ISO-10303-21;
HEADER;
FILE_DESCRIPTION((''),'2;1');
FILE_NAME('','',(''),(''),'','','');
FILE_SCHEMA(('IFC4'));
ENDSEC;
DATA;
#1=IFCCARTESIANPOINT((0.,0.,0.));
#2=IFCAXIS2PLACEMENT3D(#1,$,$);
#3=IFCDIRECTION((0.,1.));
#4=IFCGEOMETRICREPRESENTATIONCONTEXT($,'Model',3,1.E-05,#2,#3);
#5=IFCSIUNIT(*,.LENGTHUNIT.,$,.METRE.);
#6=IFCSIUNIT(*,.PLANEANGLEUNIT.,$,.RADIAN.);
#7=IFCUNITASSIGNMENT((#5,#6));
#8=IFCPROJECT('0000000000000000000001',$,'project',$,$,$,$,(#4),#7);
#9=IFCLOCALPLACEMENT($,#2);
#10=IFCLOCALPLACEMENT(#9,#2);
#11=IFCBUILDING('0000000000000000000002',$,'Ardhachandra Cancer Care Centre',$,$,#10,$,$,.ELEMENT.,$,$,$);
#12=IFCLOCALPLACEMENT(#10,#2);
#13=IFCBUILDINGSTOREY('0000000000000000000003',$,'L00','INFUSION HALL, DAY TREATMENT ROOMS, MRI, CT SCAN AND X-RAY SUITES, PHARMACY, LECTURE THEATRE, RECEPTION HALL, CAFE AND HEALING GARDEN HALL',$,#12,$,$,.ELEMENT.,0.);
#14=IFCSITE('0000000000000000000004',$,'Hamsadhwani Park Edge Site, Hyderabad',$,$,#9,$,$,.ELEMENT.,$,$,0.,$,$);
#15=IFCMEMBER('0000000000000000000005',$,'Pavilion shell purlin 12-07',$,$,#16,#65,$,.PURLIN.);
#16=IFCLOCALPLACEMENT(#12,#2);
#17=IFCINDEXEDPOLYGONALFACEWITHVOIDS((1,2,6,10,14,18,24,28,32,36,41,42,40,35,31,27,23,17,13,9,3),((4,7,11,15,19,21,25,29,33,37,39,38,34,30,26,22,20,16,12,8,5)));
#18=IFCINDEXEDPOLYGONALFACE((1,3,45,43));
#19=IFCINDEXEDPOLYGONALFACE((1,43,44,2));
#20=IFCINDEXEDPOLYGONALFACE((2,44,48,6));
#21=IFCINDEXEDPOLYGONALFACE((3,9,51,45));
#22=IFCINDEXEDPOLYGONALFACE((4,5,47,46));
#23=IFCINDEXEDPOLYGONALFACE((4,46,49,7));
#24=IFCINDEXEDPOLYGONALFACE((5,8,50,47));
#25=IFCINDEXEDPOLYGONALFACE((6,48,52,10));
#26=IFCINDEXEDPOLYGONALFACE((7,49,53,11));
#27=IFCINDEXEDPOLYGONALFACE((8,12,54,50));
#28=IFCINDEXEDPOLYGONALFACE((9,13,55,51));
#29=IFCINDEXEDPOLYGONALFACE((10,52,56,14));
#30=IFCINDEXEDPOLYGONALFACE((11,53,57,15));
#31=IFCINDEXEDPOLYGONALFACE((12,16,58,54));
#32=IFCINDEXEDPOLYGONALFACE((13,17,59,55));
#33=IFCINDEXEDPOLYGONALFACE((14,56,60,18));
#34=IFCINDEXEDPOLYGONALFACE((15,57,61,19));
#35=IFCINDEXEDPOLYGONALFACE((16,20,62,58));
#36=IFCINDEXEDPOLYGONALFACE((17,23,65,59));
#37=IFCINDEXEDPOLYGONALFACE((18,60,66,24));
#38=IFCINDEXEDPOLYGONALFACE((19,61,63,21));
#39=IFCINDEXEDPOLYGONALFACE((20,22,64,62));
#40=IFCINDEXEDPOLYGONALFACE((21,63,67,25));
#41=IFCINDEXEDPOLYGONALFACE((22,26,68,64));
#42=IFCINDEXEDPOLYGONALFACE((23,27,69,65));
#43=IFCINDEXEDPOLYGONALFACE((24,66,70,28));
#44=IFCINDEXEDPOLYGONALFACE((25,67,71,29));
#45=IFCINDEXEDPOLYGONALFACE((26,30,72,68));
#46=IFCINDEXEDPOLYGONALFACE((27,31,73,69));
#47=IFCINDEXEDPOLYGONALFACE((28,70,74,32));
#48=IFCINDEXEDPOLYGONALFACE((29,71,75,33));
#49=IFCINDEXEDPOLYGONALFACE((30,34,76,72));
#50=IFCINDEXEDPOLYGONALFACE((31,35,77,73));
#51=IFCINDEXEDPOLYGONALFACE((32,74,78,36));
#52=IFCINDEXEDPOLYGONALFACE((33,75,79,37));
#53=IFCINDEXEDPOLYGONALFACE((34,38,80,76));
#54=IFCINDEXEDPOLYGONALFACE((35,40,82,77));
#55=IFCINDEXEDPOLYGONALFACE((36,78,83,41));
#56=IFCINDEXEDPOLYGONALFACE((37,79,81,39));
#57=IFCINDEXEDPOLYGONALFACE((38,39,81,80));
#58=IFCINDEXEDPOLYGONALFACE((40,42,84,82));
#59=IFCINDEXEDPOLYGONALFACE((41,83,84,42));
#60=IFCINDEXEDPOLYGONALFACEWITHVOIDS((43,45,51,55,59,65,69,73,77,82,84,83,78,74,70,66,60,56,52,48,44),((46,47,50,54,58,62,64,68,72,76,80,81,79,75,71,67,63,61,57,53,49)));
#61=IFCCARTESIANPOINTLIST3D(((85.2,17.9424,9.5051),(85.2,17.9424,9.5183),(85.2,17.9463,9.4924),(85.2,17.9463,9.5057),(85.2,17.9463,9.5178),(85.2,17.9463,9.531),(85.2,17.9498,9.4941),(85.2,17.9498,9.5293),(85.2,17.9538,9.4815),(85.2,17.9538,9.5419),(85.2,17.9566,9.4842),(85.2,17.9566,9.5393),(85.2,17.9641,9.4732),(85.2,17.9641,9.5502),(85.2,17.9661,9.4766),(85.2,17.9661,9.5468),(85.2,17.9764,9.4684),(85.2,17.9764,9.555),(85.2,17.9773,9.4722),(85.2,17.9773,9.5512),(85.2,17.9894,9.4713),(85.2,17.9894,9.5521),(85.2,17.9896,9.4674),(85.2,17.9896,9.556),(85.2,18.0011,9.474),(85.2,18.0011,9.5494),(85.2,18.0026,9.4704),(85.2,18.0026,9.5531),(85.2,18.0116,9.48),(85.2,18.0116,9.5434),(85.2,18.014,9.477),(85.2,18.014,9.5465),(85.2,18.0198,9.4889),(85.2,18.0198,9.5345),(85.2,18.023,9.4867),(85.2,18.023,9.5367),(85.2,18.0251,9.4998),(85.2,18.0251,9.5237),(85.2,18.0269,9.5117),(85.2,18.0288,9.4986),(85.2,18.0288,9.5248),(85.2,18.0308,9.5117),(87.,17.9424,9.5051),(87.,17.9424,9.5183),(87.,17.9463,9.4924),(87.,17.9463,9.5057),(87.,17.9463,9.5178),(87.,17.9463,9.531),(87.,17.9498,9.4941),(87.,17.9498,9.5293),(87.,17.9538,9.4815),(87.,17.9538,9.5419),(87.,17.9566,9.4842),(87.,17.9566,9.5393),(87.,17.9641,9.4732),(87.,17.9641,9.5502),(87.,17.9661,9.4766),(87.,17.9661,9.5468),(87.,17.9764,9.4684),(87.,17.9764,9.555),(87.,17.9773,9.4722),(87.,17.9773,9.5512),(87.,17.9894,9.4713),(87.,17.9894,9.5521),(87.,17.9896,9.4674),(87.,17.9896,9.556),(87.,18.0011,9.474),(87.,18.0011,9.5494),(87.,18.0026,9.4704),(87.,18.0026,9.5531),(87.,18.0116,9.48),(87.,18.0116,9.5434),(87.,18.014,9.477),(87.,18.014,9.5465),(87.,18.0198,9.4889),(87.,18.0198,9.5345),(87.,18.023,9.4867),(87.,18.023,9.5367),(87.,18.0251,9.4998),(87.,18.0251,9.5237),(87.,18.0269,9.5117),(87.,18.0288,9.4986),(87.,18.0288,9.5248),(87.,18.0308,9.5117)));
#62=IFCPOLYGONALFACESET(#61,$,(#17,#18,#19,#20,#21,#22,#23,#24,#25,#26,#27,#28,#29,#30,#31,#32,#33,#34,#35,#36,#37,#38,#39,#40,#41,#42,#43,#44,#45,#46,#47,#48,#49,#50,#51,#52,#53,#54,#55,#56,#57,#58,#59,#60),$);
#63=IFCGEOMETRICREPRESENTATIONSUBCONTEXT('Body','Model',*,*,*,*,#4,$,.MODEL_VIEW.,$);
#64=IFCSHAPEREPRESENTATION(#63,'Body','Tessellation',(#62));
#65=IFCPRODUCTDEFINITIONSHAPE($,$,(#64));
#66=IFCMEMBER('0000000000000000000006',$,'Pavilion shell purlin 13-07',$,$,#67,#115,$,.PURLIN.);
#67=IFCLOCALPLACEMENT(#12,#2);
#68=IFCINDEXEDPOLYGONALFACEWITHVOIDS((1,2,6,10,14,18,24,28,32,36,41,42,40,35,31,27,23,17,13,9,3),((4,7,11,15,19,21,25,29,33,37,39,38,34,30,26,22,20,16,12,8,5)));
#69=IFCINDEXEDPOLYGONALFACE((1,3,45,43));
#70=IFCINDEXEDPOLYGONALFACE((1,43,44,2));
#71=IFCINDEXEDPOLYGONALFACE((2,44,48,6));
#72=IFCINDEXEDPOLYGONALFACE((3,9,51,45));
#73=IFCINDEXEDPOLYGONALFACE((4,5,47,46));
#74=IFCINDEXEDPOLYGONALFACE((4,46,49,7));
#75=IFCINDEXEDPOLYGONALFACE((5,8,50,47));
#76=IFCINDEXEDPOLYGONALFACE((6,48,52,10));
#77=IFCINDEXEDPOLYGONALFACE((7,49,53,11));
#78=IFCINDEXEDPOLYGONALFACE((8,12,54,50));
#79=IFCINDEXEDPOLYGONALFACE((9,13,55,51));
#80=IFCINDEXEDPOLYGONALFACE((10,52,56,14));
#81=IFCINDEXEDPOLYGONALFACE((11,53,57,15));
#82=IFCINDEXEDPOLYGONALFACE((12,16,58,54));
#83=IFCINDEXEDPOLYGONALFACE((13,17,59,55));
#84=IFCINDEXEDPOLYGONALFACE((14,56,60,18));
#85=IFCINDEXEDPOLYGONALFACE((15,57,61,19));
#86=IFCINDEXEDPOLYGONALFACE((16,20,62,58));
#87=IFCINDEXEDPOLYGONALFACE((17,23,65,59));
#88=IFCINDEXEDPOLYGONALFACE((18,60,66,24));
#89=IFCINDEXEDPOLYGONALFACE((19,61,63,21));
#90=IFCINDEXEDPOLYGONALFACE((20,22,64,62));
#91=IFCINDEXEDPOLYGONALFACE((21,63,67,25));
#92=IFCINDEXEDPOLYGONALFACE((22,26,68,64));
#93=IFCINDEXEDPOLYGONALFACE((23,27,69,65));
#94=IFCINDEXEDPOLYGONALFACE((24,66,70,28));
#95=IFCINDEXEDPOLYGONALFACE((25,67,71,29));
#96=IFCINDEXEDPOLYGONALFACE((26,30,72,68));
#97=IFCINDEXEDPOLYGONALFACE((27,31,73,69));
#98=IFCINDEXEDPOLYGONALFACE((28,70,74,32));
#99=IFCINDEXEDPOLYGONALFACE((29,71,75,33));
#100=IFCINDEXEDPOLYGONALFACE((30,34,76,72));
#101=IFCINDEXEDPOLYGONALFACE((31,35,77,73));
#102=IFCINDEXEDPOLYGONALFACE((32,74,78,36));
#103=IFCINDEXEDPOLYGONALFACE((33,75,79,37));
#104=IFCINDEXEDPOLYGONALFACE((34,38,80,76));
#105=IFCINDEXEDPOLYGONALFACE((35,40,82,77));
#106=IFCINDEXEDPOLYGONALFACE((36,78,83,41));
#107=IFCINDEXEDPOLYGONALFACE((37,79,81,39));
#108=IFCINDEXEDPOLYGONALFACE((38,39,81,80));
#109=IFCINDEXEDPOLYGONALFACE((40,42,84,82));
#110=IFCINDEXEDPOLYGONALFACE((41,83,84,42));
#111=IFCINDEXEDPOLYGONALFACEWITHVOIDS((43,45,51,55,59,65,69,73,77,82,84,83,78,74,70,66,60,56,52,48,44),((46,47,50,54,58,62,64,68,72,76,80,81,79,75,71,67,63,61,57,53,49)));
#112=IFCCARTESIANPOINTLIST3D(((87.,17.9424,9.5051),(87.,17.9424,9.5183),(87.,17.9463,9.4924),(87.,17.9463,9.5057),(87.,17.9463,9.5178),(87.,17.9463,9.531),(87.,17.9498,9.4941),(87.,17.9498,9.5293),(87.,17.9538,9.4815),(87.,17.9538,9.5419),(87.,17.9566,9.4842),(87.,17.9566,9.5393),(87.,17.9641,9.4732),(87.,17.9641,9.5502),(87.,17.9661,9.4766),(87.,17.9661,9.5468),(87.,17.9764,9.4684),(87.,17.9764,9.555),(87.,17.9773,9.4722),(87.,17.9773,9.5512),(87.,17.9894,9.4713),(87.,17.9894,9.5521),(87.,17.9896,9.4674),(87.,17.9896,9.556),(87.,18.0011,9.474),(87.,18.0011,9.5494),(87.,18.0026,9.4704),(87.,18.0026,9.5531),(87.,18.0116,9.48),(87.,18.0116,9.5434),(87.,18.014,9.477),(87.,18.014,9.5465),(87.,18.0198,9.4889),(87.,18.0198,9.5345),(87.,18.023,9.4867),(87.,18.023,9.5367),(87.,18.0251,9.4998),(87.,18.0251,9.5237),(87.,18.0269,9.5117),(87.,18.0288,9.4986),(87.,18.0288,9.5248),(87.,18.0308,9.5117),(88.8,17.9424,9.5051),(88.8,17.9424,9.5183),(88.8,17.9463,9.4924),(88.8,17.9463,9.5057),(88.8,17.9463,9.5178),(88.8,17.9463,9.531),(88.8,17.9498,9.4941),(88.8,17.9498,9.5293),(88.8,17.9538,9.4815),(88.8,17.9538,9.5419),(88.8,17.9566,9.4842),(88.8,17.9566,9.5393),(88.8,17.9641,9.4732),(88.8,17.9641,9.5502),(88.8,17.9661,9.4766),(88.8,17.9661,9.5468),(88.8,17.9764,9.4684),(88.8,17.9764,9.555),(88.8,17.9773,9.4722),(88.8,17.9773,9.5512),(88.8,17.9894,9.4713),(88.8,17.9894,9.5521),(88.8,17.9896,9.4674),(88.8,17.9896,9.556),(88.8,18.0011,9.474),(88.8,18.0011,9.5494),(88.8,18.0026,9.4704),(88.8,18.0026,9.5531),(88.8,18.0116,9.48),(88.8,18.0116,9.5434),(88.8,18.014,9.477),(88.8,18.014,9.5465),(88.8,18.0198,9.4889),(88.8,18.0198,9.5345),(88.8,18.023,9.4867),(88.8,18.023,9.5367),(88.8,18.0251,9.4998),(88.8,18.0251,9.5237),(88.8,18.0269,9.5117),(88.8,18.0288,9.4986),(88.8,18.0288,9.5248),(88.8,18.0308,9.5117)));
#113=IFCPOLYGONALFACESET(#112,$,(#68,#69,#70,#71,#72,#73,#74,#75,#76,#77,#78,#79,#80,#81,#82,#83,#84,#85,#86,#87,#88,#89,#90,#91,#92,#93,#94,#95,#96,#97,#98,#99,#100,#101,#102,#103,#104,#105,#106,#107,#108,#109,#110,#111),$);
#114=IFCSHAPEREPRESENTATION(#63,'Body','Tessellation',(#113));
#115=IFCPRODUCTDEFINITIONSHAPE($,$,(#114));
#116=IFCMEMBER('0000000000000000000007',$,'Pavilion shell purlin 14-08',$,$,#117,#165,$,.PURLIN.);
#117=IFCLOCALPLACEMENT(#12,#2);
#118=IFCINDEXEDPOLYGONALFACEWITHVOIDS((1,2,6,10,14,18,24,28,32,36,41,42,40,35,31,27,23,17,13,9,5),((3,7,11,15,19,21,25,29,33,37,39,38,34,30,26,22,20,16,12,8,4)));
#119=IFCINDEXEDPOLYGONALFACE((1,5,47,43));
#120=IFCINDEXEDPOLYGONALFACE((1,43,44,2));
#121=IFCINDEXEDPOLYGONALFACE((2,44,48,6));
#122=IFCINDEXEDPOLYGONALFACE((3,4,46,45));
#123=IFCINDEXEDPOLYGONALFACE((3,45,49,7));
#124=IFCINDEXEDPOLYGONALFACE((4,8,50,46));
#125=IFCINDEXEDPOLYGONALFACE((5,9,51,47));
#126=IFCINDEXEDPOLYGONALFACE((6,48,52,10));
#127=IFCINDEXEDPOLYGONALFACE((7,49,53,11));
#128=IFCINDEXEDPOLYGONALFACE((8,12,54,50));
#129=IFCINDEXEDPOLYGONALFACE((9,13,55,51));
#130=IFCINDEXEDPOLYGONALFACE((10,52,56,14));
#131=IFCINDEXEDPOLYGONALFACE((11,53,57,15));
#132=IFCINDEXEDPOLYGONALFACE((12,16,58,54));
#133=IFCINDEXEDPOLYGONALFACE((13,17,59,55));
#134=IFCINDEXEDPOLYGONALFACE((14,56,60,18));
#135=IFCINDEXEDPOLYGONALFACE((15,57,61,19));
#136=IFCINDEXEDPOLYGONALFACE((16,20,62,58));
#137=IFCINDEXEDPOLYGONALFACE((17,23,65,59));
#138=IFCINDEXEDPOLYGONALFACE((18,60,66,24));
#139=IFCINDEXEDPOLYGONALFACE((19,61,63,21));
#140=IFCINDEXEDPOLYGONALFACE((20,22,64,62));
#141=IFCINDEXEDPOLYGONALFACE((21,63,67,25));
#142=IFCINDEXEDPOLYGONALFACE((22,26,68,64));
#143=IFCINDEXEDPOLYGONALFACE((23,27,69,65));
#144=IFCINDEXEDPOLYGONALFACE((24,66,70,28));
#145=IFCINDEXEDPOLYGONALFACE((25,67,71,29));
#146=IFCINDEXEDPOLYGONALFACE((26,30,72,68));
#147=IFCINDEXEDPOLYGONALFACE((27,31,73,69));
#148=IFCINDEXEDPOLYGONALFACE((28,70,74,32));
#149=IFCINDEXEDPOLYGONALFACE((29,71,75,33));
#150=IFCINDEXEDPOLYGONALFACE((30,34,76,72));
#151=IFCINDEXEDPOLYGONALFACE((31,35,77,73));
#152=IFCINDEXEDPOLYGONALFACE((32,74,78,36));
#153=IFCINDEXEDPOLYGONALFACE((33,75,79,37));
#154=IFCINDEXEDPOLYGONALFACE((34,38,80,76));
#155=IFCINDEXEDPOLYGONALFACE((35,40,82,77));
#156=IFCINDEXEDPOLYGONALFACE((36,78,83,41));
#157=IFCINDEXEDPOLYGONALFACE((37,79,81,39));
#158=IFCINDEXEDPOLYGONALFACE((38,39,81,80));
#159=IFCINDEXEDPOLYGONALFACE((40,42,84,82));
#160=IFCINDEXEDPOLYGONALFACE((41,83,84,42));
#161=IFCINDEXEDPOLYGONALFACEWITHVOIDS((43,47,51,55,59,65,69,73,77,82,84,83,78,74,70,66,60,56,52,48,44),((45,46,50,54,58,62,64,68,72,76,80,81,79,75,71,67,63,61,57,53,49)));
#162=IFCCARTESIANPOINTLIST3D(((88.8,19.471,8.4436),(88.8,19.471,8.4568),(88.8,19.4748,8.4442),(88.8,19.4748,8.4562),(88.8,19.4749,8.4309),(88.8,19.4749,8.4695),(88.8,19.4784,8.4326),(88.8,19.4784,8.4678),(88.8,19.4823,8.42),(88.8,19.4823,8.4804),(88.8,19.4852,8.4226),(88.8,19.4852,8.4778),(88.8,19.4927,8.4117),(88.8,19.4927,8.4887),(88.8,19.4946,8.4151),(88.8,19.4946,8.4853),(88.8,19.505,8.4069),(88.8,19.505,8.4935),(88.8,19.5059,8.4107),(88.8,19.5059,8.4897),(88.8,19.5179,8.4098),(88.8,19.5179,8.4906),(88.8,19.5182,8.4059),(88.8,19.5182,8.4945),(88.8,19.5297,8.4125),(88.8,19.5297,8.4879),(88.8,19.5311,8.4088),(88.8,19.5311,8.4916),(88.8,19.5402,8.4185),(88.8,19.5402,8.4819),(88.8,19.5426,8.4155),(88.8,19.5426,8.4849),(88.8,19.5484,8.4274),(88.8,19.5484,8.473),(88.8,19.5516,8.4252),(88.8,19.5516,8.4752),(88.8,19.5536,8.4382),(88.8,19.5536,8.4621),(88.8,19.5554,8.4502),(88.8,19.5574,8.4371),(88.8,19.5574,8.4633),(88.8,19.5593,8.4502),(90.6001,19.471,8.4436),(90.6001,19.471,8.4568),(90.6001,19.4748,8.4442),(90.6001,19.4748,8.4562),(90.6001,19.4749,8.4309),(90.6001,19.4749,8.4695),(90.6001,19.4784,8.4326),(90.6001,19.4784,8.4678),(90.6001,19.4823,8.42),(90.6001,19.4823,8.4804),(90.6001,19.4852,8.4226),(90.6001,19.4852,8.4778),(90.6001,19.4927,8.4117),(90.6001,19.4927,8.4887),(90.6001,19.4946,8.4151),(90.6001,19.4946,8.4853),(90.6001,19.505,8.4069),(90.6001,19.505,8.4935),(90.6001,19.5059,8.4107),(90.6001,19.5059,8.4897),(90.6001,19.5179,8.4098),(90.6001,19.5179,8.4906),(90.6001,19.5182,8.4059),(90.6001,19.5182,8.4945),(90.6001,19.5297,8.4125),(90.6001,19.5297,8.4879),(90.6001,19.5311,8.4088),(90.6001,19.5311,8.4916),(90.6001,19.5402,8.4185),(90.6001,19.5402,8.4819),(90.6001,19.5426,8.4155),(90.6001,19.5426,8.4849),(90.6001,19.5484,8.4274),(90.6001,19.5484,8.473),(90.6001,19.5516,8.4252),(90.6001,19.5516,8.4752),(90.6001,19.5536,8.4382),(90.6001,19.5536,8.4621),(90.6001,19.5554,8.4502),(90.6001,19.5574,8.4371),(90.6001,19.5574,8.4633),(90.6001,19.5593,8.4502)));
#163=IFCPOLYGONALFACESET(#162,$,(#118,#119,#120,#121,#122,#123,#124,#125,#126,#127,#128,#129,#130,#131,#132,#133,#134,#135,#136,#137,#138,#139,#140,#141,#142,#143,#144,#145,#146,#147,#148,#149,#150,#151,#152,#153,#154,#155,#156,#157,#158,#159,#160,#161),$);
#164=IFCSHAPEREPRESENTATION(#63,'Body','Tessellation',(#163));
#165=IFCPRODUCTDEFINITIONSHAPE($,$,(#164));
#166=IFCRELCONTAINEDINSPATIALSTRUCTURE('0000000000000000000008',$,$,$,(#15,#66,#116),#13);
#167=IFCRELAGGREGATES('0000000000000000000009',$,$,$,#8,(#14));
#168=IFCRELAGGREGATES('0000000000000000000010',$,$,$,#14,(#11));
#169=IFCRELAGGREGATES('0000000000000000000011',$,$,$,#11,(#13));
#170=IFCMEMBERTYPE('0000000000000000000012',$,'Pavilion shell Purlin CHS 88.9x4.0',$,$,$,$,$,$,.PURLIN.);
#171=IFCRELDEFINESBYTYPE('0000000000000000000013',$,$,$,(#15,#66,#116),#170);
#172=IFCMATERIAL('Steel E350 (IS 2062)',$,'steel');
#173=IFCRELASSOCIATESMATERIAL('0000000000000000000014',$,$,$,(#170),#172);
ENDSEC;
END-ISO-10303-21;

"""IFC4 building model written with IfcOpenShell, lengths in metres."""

from ifc_helpers import new_model, si_unit, direction, frame, origin, origin_2d, place, context, subcontext, project, spatial, hollow_circle, extrude, material, material_profile, profile_set, type_object, element, save


model = new_model("IFC4")

# Units and contexts
model_context = context("Model", 3, precision=1e-05, world=origin(), true_north=direction((0.0, 1.0)))
body_context = subcontext(model_context, "Body", "Model", "MODEL_VIEW")
ifc_project = project(units=[si_unit("LENGTHUNIT", "METRE"), si_unit("PLANEANGLEUNIT", "RADIAN")], contexts=[model_context])

# Site, building, storey
site_placement = place(None, origin())
site = spatial("IfcSite", under=ifc_project, at=site_placement, Name="Hamsadhwani Park Edge Site, Hyderabad", CompositionType="ELEMENT", RefElevation=0.0)
building_placement = place(site_placement, origin())
building = spatial("IfcBuilding", under=site, at=building_placement, Name="Ardhachandra Cancer Care Centre", CompositionType="ELEMENT")
storey_placement = place(building_placement, origin())
storey = spatial("IfcBuildingStorey", under=building, at=storey_placement, Name="L00", Description="INFUSION HALL, DAY TREATMENT ROOMS, MRI, CT SCAN AND X-RAY SUITES, PHARMACY, LECTURE THEATRE, RECEPTION HALL, CAFE AND HEALING GARDEN HALL", CompositionType="ELEMENT", Elevation=0.0)

# Members
ifc_material_1 = material(Name="Steel E350 (IS 2062)", Category="steel")
ifc_material_profile_1 = material_profile(ifc_material_1, hollow_circle(Radius=0.0444, WallThickness=0.0039, at=origin_2d()), Name="CHS 88.9x4.0")
ifc_profile_set_1 = profile_set([ifc_material_profile_1], Name="Steel E350 (IS 2062)")
member_type_1 = type_object("IfcMemberType", Name="Pavilion shell Purlin CHS 88.9x4.0", PredefinedType="PURLIN", material=ifc_profile_set_1)
for number, where, z_axis, x_axis, name in (
    (1, (85.2, 17.9863, 9.5117), (1.0, 0.0, 0.0), (0.0, 1.0, 0.0), "Pavilion shell purlin 12-07"),
    (2, (87.0, 17.9863, 9.5117), (1.0, 0.0, 0.0), (0.0, 1.0, 0.0), "Pavilion shell purlin 13-07"),
    (3, (88.8, 19.5149, 8.4502), (1.0, 0.0, 0.0), (0.0, 1.0, 0.0), "Pavilion shell purlin 14-08"),
):
    element("IfcMember", number, at=place(storey_placement, frame(where, z_axis=z_axis, x_axis=x_axis)), inside=storey, type_object=member_type_1, Name=name, PredefinedType="PURLIN", context=body_context, shape_type="SweptSolid", body=[
        extrude(hollow_circle(Radius=0.0444, WallThickness=0.0039, at=origin_2d()), origin(), (0.0, 0.0, 1.0), 1.8),
    ])

save(model, "model.ifc")
